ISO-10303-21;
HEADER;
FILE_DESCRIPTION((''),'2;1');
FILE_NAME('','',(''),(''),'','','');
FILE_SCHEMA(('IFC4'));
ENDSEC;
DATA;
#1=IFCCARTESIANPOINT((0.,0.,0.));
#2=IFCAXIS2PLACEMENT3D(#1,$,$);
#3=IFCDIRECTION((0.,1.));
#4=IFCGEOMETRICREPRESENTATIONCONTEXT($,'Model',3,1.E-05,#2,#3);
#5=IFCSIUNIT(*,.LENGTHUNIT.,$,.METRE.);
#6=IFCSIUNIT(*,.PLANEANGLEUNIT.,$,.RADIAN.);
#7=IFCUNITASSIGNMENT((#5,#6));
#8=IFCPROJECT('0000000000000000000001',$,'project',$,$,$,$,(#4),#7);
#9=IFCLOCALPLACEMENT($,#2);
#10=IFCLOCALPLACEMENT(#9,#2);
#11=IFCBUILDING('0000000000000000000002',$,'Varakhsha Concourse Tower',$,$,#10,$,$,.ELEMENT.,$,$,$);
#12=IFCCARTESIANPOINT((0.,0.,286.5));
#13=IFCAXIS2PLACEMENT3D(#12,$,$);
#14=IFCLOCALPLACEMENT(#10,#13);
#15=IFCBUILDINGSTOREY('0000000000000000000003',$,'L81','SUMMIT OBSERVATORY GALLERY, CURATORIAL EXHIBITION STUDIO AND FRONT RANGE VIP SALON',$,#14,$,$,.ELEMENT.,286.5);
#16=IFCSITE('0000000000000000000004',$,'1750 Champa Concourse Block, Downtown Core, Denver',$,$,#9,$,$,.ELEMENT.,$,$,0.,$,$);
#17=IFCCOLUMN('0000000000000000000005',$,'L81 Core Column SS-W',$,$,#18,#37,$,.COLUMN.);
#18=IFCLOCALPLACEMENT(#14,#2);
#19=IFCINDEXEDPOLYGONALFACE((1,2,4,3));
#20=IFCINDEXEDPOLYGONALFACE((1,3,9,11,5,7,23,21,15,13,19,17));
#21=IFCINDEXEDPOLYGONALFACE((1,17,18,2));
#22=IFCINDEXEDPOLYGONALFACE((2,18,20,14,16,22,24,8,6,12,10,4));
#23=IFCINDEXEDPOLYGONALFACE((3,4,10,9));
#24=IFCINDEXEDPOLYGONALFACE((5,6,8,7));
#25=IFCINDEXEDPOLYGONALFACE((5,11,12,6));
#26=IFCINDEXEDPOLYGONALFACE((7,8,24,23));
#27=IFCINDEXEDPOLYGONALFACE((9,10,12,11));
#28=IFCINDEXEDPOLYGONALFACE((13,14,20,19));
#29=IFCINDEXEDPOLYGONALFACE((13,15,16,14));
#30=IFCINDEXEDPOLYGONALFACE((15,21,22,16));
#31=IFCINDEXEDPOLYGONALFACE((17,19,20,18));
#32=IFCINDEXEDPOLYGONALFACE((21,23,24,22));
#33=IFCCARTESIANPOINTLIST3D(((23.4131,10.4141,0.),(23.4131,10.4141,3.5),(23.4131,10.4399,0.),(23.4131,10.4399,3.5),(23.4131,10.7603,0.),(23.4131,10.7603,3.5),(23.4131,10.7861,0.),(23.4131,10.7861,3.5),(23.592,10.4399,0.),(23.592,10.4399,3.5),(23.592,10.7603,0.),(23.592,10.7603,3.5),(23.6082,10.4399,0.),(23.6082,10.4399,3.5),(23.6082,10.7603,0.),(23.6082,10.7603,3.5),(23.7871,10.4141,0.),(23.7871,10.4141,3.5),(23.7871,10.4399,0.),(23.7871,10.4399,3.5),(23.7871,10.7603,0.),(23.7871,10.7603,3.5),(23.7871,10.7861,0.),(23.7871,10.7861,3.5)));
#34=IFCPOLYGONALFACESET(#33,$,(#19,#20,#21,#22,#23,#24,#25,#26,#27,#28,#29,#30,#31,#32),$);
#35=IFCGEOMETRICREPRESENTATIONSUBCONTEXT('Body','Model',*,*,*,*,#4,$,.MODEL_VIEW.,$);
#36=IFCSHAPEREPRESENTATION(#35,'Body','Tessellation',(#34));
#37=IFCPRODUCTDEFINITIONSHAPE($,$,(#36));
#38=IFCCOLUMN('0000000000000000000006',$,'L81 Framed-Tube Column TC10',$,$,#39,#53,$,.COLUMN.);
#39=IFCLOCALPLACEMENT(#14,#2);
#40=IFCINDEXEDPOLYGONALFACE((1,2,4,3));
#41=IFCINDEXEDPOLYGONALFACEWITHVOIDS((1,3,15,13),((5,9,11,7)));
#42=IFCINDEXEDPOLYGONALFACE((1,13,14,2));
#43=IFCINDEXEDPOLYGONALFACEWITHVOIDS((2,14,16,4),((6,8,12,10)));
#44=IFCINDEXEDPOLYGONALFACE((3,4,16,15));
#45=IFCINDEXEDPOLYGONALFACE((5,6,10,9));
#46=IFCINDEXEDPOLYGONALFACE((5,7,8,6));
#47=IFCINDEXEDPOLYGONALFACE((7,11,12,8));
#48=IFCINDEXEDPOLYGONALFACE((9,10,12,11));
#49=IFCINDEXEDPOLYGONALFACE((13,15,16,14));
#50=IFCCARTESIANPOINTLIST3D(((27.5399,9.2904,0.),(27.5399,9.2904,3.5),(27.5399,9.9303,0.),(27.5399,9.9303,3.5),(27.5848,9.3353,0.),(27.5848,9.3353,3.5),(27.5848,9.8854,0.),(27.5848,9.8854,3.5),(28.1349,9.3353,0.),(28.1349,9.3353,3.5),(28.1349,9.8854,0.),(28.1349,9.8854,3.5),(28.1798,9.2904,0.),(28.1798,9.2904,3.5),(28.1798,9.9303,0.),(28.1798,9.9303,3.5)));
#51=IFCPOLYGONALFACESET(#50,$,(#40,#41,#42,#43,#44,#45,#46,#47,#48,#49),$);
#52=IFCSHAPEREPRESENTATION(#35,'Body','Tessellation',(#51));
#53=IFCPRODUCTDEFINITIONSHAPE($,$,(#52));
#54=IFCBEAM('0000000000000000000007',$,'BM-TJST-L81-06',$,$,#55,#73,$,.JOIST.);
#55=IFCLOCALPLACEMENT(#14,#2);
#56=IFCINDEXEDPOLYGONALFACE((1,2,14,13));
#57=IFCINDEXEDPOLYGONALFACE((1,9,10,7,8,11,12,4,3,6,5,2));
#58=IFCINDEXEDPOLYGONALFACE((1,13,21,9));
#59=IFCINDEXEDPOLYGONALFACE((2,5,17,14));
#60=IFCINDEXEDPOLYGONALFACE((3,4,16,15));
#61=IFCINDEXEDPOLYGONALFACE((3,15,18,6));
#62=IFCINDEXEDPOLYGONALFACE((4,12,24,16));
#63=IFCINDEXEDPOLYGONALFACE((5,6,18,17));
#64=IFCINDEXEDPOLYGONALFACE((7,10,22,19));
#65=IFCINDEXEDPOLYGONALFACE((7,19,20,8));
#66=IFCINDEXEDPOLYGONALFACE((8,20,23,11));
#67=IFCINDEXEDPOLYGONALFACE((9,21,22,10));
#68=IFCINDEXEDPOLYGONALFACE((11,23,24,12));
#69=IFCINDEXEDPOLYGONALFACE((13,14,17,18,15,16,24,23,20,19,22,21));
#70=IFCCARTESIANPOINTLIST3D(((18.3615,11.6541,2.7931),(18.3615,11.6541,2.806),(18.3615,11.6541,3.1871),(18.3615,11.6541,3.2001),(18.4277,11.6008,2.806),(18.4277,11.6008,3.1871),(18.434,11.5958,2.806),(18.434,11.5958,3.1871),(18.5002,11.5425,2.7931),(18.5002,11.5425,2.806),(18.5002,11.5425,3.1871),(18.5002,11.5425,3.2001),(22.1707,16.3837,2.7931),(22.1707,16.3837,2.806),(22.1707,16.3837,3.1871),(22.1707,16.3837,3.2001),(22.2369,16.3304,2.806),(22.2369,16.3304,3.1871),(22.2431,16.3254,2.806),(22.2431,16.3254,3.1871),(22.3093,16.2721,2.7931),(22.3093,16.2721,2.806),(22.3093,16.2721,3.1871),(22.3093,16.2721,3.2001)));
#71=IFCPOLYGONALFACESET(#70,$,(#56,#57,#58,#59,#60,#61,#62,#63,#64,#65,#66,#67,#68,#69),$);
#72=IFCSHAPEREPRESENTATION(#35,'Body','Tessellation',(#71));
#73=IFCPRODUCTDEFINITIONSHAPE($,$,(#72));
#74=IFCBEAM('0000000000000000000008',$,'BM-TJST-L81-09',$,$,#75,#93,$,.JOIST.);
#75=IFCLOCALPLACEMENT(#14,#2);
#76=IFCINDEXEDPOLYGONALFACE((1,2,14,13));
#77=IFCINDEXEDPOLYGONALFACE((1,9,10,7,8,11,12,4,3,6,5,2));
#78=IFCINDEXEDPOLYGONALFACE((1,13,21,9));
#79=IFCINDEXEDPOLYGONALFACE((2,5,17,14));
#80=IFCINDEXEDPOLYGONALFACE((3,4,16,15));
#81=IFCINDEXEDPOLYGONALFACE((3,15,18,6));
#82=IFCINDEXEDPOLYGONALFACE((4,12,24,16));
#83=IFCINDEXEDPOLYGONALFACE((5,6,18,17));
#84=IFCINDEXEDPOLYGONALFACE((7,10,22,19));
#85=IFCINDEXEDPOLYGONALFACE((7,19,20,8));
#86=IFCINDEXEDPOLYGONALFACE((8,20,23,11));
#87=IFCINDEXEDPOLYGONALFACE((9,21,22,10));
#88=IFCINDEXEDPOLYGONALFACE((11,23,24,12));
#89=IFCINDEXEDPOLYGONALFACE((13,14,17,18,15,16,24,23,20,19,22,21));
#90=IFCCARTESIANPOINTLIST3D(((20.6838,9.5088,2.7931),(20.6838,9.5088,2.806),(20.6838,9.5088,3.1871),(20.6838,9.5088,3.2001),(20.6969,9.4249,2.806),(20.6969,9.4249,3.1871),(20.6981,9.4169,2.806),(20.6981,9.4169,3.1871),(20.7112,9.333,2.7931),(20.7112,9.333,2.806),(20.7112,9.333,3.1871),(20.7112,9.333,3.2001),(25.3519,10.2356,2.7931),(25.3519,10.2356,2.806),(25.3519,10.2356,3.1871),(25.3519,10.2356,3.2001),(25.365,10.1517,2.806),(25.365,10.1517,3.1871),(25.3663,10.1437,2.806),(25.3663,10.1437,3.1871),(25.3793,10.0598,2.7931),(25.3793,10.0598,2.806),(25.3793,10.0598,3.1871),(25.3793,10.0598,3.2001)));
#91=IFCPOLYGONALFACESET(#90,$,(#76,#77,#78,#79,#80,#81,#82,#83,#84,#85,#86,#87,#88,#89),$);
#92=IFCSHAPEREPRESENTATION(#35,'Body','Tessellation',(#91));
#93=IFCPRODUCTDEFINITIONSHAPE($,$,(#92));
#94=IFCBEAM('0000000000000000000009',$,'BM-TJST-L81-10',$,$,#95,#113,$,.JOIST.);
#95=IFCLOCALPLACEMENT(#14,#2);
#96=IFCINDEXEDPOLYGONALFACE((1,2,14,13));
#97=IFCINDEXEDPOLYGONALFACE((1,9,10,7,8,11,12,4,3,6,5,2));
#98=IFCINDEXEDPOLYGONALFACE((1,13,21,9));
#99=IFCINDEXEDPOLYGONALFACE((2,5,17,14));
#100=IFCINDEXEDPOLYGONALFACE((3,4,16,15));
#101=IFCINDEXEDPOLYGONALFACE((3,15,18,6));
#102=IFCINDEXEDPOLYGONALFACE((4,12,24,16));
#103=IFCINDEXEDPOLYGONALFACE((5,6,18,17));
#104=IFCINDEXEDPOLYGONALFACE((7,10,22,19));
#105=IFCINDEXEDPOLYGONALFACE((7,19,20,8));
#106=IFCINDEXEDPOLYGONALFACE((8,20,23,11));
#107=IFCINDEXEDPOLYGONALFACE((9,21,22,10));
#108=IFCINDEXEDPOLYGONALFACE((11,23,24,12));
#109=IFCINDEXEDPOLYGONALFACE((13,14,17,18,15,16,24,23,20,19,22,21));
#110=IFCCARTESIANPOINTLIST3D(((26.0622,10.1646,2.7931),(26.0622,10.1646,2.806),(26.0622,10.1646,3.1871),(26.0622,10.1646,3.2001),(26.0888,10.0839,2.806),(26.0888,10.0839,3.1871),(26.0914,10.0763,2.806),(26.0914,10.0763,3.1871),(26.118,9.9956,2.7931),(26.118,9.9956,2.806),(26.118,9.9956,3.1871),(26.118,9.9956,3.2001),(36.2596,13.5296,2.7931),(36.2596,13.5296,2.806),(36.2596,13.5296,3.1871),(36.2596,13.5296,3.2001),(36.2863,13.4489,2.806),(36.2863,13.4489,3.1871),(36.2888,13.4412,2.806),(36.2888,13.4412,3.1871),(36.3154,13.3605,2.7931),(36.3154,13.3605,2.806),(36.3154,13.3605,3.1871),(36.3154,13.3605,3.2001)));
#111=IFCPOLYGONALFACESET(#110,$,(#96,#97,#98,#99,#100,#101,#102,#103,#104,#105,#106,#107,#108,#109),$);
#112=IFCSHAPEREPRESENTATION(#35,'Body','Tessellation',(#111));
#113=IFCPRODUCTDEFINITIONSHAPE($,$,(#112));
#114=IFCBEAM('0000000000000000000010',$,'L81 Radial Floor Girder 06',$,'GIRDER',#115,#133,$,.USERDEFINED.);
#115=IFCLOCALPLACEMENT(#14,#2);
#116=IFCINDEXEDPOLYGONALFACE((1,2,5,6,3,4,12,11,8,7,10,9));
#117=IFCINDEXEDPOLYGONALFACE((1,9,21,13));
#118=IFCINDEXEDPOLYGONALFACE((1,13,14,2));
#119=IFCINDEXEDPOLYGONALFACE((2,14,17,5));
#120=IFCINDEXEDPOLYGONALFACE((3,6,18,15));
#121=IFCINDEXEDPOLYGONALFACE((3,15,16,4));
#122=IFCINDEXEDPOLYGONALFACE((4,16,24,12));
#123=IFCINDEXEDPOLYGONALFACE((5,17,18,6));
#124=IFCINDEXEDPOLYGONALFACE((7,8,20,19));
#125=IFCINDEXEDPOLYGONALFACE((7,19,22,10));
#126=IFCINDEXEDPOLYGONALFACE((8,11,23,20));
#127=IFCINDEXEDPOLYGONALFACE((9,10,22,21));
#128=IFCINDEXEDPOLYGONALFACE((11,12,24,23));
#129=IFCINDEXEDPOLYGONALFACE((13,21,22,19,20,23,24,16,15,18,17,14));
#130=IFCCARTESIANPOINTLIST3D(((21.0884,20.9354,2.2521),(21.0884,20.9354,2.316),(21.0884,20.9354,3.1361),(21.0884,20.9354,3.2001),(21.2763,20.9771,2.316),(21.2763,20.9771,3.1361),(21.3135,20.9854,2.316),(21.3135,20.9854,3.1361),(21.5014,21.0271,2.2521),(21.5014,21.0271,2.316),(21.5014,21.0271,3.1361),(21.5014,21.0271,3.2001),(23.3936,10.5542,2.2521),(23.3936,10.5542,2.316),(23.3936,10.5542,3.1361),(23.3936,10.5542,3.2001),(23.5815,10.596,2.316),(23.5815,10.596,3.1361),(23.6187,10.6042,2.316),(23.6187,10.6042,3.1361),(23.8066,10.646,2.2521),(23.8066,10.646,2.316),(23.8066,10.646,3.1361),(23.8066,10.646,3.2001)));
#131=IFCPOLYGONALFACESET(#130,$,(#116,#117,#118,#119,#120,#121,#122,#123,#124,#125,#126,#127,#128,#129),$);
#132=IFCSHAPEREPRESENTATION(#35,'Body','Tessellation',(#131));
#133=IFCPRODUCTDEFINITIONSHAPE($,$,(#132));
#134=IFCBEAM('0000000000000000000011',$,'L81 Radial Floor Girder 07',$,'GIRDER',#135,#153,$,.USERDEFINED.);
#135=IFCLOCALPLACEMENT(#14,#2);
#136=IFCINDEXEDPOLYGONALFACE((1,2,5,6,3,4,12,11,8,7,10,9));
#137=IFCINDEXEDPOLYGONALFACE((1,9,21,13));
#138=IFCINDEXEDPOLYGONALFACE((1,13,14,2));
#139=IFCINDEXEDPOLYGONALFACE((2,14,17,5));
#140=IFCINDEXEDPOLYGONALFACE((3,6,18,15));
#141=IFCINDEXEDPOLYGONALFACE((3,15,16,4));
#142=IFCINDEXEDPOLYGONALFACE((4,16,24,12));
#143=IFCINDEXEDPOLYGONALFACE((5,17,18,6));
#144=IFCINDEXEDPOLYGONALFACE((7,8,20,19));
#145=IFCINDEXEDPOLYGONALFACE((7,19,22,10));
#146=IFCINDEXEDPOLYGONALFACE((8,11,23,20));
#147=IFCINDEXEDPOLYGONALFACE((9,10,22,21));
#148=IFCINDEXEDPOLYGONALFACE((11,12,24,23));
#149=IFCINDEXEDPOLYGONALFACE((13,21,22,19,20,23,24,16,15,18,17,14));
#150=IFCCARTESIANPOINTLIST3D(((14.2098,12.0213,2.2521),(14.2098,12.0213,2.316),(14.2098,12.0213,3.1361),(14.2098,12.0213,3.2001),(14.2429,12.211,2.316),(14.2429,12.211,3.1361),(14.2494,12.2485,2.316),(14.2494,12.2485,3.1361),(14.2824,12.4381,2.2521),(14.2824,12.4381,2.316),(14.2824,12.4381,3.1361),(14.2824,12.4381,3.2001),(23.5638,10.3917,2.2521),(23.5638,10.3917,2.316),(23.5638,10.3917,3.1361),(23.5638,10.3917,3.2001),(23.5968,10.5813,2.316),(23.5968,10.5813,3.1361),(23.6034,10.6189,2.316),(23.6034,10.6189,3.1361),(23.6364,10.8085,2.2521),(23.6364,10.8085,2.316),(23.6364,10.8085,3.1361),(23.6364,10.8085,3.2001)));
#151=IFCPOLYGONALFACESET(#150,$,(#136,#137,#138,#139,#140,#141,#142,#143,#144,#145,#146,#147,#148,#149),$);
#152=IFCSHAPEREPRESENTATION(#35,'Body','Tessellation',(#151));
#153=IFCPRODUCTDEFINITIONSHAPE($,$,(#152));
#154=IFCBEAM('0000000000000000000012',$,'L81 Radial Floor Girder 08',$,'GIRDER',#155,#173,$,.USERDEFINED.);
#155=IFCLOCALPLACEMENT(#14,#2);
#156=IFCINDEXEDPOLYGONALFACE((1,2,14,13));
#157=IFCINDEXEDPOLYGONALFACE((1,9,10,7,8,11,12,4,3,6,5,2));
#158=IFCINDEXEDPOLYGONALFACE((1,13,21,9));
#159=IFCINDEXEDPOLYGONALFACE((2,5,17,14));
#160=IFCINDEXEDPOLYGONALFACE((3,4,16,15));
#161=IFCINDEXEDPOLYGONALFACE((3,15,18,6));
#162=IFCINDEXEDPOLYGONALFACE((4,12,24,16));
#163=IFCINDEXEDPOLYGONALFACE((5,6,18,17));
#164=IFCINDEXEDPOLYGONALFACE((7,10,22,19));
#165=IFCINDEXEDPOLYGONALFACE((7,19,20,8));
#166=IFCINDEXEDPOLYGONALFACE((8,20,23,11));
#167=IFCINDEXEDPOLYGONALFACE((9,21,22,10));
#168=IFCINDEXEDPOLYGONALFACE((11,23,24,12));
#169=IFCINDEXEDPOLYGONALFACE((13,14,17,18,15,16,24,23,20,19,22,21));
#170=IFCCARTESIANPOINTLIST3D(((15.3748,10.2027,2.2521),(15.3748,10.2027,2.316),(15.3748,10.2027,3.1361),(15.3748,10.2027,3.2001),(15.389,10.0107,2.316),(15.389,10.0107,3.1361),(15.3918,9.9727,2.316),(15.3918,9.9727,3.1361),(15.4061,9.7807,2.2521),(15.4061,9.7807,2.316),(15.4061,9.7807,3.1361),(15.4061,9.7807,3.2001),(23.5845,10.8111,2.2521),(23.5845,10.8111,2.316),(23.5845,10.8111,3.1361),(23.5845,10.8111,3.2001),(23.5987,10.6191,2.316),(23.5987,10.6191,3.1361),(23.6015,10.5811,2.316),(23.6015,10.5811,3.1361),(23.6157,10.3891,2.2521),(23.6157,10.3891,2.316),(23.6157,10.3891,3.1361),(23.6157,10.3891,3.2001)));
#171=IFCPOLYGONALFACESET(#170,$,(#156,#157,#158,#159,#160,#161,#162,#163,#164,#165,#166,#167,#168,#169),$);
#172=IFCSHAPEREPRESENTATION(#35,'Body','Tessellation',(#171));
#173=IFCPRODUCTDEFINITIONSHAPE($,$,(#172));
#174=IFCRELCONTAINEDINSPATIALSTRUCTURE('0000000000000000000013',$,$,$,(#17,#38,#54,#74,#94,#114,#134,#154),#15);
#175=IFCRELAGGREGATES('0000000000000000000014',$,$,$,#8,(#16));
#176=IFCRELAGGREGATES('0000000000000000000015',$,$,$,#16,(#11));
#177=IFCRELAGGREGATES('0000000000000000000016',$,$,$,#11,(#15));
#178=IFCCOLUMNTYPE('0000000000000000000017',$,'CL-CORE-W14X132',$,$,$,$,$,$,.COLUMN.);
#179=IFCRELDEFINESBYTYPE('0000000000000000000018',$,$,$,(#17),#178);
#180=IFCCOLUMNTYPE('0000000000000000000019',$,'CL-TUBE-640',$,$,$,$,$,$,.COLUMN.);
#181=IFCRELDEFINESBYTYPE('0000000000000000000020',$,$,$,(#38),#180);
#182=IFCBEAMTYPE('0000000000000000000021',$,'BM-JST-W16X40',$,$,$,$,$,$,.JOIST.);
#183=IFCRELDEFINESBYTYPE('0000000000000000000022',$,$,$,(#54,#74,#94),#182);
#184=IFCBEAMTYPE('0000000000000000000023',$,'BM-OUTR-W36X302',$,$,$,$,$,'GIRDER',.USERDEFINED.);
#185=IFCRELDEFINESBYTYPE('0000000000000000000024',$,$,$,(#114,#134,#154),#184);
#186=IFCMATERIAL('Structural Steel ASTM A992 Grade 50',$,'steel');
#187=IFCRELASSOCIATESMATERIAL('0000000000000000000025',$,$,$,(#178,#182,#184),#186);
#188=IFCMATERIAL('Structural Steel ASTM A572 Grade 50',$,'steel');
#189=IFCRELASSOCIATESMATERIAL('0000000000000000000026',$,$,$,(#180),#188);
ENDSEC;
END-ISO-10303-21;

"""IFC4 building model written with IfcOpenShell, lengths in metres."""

from ifc_helpers import new_model, si_unit, direction, frame, origin, origin_2d, place, context, subcontext, project, spatial, hollow_rectangle, i_section, extrude, material, material_profile, profile_set, type_object, element, save


model = new_model("IFC4")

# Units and contexts
model_context = context("Model", 3, precision=1e-05, world=origin(), true_north=direction((0.0, 1.0)))
body_context = subcontext(model_context, "Body", "Model", "MODEL_VIEW")
ifc_project = project(units=[si_unit("LENGTHUNIT", "METRE"), si_unit("PLANEANGLEUNIT", "RADIAN")], contexts=[model_context])

# Site, building, storey
site_placement = place(None, origin())
site = spatial("IfcSite", under=ifc_project, at=site_placement, Name="1750 Champa Concourse Block, Downtown Core, Denver", CompositionType="ELEMENT", RefElevation=0.0)
building_placement = place(site_placement, origin())
building = spatial("IfcBuilding", under=site, at=building_placement, Name="Varakhsha Concourse Tower", CompositionType="ELEMENT")
storey_placement = place(building_placement, frame((0.0, 0.0, 286.5)))
storey = spatial("IfcBuildingStorey", under=building, at=storey_placement, Name="L81", Description="SUMMIT OBSERVATORY GALLERY, CURATORIAL EXHIBITION STUDIO AND FRONT RANGE VIP SALON", CompositionType="ELEMENT", Elevation=286.5)

# Columns
ifc_material_1 = material(Name="Structural Steel ASTM A992 Grade 50", Category="steel")
ifc_material_profile_1 = material_profile(ifc_material_1, i_section(OverallWidth=0.374, OverallDepth=0.3721, WebThickness=0.0161, FlangeThickness=0.0259, at=origin_2d()), Name="W14X132")
ifc_profile_set_1 = profile_set([ifc_material_profile_1], Name="Structural Steel ASTM A992 Grade 50")
column_type_1 = type_object("IfcColumnType", Name="CL-CORE-W14X132", PredefinedType="COLUMN", material=ifc_profile_set_1)
column_1_placement = place(storey_placement, frame((23.6001, 10.6001, 0.0), z_axis=(0.0, 0.0, 1.0), x_axis=(1.0, 0.0, 0.0)))
element("IfcColumn", 1, at=column_1_placement, inside=storey, type_object=column_type_1, Name="L81 Core Column SS-W", PredefinedType="COLUMN", context=body_context, shape_type="SweptSolid", body=[
    extrude(i_section(OverallWidth=0.374, OverallDepth=0.3721, WebThickness=0.0161, FlangeThickness=0.0259, at=origin_2d()), origin(), (0.0, 0.0, 1.0), 3.5),
])
ifc_material_2 = material(Name="Structural Steel ASTM A572 Grade 50", Category="steel")
ifc_material_profile_2 = material_profile(ifc_material_2, hollow_rectangle(XDim=0.6399, YDim=0.6399, WallThickness=0.0449, at=origin_2d()), Name="BOX 640x640x45")
ifc_profile_set_2 = profile_set([ifc_material_profile_2], Name="Structural Steel ASTM A572 Grade 50")
column_type_2 = type_object("IfcColumnType", Name="CL-TUBE-640", PredefinedType="COLUMN", material=ifc_profile_set_2)
column_2_placement = place(storey_placement, frame((27.8599, 9.6104, 0.0), z_axis=(0.0, 0.0, 1.0), x_axis=(1.0, 0.0, 0.0)))
element("IfcColumn", 2, at=column_2_placement, inside=storey, type_object=column_type_2, Name="L81 Framed-Tube Column TC10", PredefinedType="COLUMN", context=body_context, shape_type="SweptSolid", body=[
    extrude(hollow_rectangle(XDim=0.6399, YDim=0.6399, WallThickness=0.0449, at=origin_2d()), origin(), (0.0, 0.0, 1.0), 3.5),
])

# Beams
ifc_material_profile_3 = material_profile(ifc_material_1, i_section(OverallWidth=0.178, OverallDepth=0.407, WebThickness=0.0081, FlangeThickness=0.0129, at=origin_2d()), Name="W16X40")
ifc_profile_set_3 = profile_set([ifc_material_profile_3], Name="Structural Steel ASTM A992 Grade 50")
beam_type_1 = type_object("IfcBeamType", Name="BM-JST-W16X40", PredefinedType="JOIST", material=ifc_profile_set_3)
beam_1_placement = place(storey_placement, frame((22.24, 16.3279, 2.9966), z_axis=(-0.627251, -0.778817, 0.0), x_axis=(0.778817, -0.627251, 0.0)))
element("IfcBeam", 3, at=beam_1_placement, inside=storey, type_object=beam_type_1, Name="BM-TJST-L81-06", PredefinedType="JOIST", context=body_context, shape_type="SweptSolid", body=[
    extrude(i_section(OverallWidth=0.178, OverallDepth=0.407, WebThickness=0.0081, FlangeThickness=0.0129, at=origin_2d()), origin(), (0.0, 0.0, 1.0), 6.0728),
])
beam_2_placement = place(storey_placement, frame((20.6975, 9.4209, 2.9966), z_axis=(0.988096, 0.153839, 0.0), x_axis=(-0.153839, 0.988096, 0.0)))
element("IfcBeam", 4, at=beam_2_placement, inside=storey, type_object=beam_type_1, Name="BM-TJST-L81-09", PredefinedType="JOIST", context=body_context, shape_type="SweptSolid", body=[
    extrude(i_section(OverallWidth=0.178, OverallDepth=0.407, WebThickness=0.0081, FlangeThickness=0.0129, at=origin_2d()), origin(), (0.0, 0.0, 1.0), 4.7244),
])
beam_3_placement = place(storey_placement, frame((26.0901, 10.0801, 2.9966), z_axis=(0.949634, 0.313362, 0.0), x_axis=(-0.313362, 0.949634, 0.0)))
element("IfcBeam", 5, at=beam_3_placement, inside=storey, type_object=beam_type_1, Name="BM-TJST-L81-10", PredefinedType="JOIST", context=body_context, shape_type="SweptSolid", body=[
    extrude(i_section(OverallWidth=0.178, OverallDepth=0.407, WebThickness=0.0081, FlangeThickness=0.0129, at=origin_2d()), origin(), (0.0, 0.0, 1.0), 10.7383),
])
ifc_material_profile_4 = material_profile(ifc_material_1, i_section(OverallWidth=0.4231, OverallDepth=0.948, WebThickness=0.0381, FlangeThickness=0.064, at=origin_2d()), Name="W36X302")
ifc_profile_set_4 = profile_set([ifc_material_profile_4], Name="Structural Steel ASTM A992 Grade 50")
beam_type_2 = type_object("IfcBeamType", Name="BM-OUTR-W36X302", ElementType="GIRDER", PredefinedType="USERDEFINED", material=ifc_profile_set_4)
beam_4_placement = place(storey_placement, frame((23.6001, 10.6001, 2.7261), z_axis=(-0.216775, 0.976222, 0.0), x_axis=(-0.976222, -0.216775, 0.0)))
element("IfcBeam", 6, at=beam_4_placement, inside=storey, type_object=beam_type_2, Name="L81 Radial Floor Girder 06", ObjectType="GIRDER", PredefinedType="USERDEFINED", context=body_context, shape_type="SweptSolid", body=[
    extrude(i_section(OverallWidth=0.4231, OverallDepth=0.948, WebThickness=0.0381, FlangeThickness=0.064, at=origin_2d()), origin(), (0.0, 0.0, 1.0), 10.634),
])
beam_5_placement = place(storey_placement, frame((23.6001, 10.6001, 2.7261), z_axis=(-0.985161, 0.171633, 0.0), x_axis=(-0.171633, -0.985161, 0.0)))
element("IfcBeam", 7, at=beam_5_placement, inside=storey, type_object=beam_type_2, Name="L81 Radial Floor Girder 07", ObjectType="GIRDER", PredefinedType="USERDEFINED", context=body_context, shape_type="SweptSolid", body=[
    extrude(i_section(OverallWidth=0.4231, OverallDepth=0.948, WebThickness=0.0381, FlangeThickness=0.064, at=origin_2d()), origin(), (0.0, 0.0, 1.0), 9.4949),
])
beam_6_placement = place(storey_placement, frame((23.6001, 10.6001, 2.7261), z_axis=(-0.997265, -0.073904, 0.0), x_axis=(0.073904, -0.997265, 0.0)))
element("IfcBeam", 8, at=beam_6_placement, inside=storey, type_object=beam_type_2, Name="L81 Radial Floor Girder 08", ObjectType="GIRDER", PredefinedType="USERDEFINED", context=body_context, shape_type="SweptSolid", body=[
    extrude(i_section(OverallWidth=0.4231, OverallDepth=0.948, WebThickness=0.0381, FlangeThickness=0.064, at=origin_2d()), origin(), (0.0, 0.0, 1.0), 8.2322),
])

save(model, "model.ifc")
